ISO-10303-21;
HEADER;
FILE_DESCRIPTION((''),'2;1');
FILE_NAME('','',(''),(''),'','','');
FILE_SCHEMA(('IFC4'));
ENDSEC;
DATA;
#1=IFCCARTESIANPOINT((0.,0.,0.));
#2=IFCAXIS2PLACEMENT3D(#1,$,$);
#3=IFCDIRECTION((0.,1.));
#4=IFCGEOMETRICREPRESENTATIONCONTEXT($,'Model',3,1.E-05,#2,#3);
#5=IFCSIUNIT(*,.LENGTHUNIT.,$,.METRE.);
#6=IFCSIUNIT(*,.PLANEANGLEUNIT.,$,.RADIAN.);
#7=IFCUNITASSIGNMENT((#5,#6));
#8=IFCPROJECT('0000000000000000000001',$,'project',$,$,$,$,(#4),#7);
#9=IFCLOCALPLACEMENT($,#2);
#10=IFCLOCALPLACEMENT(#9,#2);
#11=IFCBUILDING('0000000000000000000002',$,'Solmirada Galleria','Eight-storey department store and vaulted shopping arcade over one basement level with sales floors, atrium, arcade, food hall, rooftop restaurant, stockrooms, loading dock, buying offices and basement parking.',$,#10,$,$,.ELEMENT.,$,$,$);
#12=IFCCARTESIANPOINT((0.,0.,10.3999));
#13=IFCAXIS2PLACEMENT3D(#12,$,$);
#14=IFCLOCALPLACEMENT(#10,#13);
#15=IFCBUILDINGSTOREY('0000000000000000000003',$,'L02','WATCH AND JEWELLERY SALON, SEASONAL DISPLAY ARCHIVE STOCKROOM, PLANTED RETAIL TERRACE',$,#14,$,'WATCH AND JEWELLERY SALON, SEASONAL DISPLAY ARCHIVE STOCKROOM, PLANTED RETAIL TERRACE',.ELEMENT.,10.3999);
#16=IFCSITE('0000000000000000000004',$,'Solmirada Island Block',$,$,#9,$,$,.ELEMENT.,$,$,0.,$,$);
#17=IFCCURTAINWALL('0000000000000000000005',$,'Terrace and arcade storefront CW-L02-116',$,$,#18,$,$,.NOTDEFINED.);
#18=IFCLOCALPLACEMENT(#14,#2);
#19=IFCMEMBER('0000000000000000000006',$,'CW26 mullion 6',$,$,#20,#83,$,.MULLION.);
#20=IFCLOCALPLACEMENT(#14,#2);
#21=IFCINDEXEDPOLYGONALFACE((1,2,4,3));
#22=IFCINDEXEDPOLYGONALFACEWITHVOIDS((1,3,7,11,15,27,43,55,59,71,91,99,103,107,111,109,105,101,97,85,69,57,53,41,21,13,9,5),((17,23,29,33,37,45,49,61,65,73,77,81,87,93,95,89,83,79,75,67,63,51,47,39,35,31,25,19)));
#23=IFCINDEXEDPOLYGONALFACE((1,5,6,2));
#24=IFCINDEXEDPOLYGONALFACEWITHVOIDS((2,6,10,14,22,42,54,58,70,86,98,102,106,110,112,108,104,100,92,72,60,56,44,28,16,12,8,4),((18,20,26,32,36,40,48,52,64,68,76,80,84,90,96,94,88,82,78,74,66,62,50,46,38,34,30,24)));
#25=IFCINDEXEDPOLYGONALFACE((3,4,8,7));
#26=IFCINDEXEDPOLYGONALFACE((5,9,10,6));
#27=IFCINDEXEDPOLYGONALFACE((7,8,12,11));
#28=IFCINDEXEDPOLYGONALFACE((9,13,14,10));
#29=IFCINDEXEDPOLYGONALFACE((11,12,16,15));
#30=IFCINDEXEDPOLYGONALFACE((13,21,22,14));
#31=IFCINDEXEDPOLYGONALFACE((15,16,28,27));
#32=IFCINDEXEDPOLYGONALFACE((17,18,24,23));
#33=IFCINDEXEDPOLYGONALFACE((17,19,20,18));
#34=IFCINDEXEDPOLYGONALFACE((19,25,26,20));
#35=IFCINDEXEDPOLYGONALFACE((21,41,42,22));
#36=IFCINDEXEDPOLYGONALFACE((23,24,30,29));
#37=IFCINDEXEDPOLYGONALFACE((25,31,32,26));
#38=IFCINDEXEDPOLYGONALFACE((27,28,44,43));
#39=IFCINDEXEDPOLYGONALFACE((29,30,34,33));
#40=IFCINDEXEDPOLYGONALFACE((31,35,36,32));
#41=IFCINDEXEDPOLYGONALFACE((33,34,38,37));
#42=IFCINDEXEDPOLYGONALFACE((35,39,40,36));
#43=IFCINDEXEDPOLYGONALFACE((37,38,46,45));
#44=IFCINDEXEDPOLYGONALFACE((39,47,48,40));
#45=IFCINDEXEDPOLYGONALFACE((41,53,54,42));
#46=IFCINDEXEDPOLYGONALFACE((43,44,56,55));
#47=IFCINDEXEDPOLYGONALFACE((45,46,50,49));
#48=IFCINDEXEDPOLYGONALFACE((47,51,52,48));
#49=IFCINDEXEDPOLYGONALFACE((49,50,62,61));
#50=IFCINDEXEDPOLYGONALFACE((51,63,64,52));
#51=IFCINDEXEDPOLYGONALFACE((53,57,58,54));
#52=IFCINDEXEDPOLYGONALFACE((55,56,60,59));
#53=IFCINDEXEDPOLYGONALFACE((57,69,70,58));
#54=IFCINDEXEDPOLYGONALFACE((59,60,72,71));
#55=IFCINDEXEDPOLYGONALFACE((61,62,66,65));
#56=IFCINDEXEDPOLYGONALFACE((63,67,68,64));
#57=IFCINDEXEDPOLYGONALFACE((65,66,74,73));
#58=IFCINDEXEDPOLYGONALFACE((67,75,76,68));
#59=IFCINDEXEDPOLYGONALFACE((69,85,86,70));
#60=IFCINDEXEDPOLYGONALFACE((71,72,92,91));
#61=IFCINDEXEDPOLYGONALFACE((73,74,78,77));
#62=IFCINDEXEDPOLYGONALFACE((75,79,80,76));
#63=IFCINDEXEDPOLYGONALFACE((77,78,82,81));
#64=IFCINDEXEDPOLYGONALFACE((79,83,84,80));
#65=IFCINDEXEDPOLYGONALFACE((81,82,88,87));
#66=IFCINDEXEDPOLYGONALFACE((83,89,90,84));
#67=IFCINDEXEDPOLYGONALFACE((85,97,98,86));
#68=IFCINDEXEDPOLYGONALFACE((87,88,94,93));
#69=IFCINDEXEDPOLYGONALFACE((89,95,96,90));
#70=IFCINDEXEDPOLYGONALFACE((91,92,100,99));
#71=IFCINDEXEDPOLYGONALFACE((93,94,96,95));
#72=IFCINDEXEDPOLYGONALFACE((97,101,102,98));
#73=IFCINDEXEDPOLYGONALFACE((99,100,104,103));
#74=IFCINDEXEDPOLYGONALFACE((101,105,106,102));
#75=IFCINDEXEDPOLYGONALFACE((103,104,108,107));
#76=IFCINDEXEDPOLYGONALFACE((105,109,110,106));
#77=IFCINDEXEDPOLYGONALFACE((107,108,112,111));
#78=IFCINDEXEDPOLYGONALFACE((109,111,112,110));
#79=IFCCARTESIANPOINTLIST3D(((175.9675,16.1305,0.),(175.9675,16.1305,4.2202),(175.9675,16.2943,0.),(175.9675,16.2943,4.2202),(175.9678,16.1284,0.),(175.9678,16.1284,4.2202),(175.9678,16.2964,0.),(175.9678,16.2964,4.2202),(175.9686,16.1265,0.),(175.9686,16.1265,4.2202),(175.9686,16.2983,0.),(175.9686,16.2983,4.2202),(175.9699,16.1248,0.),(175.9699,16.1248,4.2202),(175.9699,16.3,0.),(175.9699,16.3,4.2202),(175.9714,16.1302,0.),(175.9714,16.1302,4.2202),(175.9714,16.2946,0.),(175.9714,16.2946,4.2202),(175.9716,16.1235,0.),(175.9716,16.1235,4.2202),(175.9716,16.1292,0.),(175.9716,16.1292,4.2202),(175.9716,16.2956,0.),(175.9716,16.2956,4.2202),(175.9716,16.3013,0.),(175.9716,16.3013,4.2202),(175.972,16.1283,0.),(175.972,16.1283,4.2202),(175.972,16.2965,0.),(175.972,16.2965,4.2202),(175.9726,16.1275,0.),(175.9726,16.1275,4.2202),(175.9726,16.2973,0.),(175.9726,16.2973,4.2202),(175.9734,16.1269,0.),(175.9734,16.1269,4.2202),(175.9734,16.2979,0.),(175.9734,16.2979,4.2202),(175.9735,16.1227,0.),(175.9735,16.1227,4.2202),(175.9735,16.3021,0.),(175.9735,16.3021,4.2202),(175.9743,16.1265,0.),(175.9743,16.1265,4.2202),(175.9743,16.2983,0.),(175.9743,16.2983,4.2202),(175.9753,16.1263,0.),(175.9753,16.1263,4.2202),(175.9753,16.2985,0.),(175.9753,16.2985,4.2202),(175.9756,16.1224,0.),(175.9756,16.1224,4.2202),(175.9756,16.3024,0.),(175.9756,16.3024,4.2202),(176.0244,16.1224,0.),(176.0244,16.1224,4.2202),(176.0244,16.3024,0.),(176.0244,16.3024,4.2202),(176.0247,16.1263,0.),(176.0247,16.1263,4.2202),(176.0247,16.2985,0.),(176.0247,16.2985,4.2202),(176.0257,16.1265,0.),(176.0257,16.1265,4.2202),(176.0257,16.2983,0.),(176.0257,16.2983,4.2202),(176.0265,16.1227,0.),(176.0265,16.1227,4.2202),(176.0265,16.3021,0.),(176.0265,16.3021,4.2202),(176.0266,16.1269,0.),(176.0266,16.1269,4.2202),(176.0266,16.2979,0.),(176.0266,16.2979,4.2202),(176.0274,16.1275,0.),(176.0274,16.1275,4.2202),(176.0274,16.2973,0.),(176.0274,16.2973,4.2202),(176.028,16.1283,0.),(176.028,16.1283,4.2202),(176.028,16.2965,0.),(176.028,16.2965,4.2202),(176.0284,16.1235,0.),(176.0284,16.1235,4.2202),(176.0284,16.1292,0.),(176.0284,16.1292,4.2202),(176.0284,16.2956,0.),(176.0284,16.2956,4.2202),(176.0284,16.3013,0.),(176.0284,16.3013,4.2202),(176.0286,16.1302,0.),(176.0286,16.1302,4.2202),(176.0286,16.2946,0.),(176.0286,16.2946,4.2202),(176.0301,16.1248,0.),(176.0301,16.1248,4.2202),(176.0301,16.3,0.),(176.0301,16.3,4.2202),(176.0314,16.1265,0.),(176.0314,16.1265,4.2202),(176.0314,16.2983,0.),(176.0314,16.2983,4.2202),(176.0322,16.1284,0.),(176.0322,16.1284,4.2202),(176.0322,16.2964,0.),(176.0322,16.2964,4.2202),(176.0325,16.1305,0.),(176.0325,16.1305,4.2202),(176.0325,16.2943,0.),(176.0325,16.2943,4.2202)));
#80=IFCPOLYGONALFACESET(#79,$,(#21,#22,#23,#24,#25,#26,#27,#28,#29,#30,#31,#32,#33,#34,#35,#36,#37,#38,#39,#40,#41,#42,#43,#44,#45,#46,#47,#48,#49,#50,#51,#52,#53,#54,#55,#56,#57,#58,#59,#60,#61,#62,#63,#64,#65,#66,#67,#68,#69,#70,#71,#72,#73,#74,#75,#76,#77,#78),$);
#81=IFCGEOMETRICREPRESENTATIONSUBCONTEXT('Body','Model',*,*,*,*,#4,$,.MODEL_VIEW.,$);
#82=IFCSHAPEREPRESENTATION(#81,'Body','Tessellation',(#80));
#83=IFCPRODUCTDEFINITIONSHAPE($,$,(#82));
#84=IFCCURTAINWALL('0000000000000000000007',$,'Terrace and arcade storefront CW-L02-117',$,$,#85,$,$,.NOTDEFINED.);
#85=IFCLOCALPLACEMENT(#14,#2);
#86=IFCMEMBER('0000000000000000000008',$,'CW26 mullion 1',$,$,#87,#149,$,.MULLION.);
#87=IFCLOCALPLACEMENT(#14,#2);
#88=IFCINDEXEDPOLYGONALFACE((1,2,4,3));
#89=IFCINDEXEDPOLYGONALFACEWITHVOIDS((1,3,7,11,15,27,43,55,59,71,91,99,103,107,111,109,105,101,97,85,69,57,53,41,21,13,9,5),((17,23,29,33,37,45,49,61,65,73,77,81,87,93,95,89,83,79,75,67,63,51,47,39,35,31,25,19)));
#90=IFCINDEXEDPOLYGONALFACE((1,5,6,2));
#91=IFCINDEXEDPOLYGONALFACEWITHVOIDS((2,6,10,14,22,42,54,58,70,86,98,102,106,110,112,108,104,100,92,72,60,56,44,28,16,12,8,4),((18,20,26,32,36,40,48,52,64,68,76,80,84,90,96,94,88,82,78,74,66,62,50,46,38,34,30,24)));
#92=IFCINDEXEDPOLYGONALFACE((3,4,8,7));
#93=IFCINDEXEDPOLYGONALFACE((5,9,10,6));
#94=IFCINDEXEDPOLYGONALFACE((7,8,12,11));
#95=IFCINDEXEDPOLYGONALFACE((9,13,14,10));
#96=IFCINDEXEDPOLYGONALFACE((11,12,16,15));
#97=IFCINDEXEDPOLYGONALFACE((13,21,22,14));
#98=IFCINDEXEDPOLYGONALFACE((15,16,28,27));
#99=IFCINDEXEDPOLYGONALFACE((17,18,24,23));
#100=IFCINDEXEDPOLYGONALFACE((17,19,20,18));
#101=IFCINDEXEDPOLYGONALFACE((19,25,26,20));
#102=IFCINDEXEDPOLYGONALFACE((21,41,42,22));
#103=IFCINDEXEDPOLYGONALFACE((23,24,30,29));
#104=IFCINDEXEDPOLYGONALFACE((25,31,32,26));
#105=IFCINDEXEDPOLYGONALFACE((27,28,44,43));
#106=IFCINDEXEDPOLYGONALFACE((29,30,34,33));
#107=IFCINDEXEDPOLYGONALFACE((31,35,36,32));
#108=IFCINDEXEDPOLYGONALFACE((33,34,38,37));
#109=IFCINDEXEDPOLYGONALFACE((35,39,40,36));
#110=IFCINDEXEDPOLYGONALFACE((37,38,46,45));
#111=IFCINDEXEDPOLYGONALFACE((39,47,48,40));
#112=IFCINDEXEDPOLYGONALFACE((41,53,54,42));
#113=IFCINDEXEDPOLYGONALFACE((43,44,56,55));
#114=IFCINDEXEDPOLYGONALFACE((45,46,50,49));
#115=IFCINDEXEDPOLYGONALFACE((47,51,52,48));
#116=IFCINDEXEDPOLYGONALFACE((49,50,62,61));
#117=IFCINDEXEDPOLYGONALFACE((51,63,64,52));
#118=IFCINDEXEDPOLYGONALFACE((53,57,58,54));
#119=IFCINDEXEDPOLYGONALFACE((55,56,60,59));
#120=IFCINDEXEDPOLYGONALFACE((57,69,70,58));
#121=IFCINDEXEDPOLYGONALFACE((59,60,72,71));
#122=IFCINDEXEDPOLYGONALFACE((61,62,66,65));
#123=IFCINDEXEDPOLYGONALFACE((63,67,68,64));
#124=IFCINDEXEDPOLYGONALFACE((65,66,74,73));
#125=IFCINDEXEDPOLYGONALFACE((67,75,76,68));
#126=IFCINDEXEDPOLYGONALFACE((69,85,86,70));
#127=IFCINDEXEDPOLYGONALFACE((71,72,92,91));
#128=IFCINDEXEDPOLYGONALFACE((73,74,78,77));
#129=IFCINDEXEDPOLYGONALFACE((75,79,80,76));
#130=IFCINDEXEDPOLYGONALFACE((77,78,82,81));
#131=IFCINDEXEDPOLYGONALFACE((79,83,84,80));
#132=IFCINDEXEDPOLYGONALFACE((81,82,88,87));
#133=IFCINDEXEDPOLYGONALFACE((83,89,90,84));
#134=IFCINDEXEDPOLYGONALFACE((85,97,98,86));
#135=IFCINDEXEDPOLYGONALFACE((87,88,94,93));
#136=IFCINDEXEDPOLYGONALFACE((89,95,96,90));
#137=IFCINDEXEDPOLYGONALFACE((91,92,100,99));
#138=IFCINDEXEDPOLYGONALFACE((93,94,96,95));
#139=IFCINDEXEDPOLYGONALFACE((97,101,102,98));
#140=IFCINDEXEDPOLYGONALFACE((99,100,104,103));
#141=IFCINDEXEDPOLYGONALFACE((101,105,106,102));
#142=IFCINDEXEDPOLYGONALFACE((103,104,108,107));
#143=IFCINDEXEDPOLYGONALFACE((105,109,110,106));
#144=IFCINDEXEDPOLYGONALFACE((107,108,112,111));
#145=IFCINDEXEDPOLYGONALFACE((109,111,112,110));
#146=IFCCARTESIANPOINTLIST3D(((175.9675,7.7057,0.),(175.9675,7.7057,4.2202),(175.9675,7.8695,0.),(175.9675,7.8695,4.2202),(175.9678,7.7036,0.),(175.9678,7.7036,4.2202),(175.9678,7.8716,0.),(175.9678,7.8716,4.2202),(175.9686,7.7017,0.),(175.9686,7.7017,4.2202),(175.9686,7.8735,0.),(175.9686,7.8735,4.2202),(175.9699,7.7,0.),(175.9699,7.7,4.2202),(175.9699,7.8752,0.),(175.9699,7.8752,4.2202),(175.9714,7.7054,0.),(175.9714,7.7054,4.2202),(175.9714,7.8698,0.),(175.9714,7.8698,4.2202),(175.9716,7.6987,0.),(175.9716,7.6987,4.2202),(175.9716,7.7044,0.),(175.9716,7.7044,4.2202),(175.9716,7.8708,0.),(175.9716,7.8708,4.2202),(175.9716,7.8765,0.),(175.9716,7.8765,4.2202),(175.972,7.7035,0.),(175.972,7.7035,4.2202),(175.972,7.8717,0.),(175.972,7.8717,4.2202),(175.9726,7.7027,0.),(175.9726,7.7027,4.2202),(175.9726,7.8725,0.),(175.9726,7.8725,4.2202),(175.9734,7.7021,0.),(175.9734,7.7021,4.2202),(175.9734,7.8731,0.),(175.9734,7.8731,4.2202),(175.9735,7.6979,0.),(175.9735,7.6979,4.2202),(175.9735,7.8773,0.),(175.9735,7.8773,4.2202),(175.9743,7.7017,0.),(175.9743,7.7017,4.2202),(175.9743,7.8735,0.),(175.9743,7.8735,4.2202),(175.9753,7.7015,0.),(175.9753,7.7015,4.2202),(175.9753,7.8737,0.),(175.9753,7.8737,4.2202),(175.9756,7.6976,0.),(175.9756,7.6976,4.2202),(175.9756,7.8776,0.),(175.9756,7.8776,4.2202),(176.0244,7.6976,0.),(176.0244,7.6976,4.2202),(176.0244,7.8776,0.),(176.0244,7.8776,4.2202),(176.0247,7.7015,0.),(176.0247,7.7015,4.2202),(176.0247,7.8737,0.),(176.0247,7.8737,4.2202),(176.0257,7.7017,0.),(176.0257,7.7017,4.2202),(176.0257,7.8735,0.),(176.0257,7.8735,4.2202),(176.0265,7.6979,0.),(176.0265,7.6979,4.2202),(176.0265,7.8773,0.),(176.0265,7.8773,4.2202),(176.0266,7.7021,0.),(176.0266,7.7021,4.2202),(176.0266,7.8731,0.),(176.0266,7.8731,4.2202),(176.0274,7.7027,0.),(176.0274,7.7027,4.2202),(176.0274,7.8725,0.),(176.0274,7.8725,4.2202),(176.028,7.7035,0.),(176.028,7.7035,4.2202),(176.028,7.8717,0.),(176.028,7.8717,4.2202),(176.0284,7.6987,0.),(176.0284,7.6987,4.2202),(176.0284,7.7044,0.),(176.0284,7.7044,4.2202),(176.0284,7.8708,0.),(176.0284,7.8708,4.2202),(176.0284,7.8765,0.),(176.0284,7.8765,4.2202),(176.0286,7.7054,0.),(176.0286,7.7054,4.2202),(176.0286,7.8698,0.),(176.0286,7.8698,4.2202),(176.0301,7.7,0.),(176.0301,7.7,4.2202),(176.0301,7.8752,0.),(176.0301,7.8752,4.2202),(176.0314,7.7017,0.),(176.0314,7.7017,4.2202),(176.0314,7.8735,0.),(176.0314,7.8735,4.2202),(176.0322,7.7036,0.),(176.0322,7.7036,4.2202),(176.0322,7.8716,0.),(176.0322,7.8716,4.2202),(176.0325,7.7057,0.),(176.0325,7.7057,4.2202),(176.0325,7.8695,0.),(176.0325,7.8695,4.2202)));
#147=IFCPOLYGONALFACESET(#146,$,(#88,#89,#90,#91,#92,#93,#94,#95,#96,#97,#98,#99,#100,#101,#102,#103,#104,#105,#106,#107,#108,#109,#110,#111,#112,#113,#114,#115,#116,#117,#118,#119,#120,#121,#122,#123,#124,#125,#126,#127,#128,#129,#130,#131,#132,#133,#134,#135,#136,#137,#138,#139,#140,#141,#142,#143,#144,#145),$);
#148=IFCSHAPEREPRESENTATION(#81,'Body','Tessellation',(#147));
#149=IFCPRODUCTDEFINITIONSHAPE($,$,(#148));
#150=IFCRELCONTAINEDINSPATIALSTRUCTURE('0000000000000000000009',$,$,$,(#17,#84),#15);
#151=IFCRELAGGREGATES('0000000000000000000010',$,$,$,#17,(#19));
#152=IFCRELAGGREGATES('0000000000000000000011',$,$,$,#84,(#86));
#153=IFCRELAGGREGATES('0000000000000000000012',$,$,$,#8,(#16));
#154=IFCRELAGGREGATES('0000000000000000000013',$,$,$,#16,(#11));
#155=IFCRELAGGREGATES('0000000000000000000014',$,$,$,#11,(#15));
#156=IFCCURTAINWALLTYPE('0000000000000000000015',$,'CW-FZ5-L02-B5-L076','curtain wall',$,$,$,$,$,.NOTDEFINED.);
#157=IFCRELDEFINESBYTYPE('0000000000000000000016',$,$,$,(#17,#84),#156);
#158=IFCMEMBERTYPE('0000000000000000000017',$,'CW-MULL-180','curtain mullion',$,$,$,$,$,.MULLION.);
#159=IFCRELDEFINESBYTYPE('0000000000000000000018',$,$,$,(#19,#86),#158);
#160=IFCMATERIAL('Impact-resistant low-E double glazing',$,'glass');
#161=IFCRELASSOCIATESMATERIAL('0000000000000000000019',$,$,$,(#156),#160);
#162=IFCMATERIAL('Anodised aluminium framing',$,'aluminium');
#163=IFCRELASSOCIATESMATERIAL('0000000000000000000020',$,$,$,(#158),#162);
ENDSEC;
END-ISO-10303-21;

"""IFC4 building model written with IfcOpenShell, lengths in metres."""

from ifc_helpers import new_model, si_unit, direction, frame, origin, origin_2d, place, context, subcontext, project, spatial, hollow_rectangle, extrude, material, material_profile, profile_set, type_object, element, aggregate, save


model = new_model("IFC4")

# Units and contexts
model_context = context("Model", 3, precision=1e-05, world=origin(), true_north=direction((0.0, 1.0)))
body_context = subcontext(model_context, "Body", "Model", "MODEL_VIEW")
ifc_project = project(units=[si_unit("LENGTHUNIT", "METRE"), si_unit("PLANEANGLEUNIT", "RADIAN")], contexts=[model_context])

# Site, building, storey
site_placement = place(None, origin())
site = spatial("IfcSite", under=ifc_project, at=site_placement, Name="Solmirada Island Block", CompositionType="ELEMENT", RefElevation=0.0)
building_placement = place(site_placement, origin())
building = spatial("IfcBuilding", under=site, at=building_placement, Name="Solmirada Galleria", Description="Eight-storey department store and vaulted shopping arcade over one basement level with sales floors, atrium, arcade, food hall, rooftop restaurant, stockrooms, loading dock, buying offices and basement parking.", CompositionType="ELEMENT")
storey_placement = place(building_placement, frame((0.0, 0.0, 10.3999)))
storey = spatial("IfcBuildingStorey", under=building, at=storey_placement, Name="L02", Description="WATCH AND JEWELLERY SALON, SEASONAL DISPLAY ARCHIVE STOCKROOM, PLANTED RETAIL TERRACE", LongName="WATCH AND JEWELLERY SALON, SEASONAL DISPLAY ARCHIVE STOCKROOM, PLANTED RETAIL TERRACE", CompositionType="ELEMENT", Elevation=10.3999)

# Curtain wall, member
ifc_material_1 = material(Name="Impact-resistant low-E double glazing", Category="glass")
curtain_wall_type = type_object("IfcCurtainWallType", Name="CW-FZ5-L02-B5-L076", Description="curtain wall", PredefinedType="NOTDEFINED", material=ifc_material_1)
curtain_wall_1_placement = place(storey_placement, origin())
curtain_wall_1 = element("IfcCurtainWall", 1, at=curtain_wall_1_placement, inside=storey, type_object=curtain_wall_type, Name="Terrace and arcade storefront CW-L02-116", PredefinedType="NOTDEFINED")
ifc_material_2 = material(Name="Anodised aluminium framing", Category="aluminium")
ifc_material_profile_1 = material_profile(ifc_material_2, hollow_rectangle(XDim=0.0649, YDim=0.1799, WallThickness=0.0039, InnerFilletRadius=0.0039, OuterFilletRadius=0.0081, at=origin_2d()), Name="ALU-MULL-180X65")
ifc_profile_set_1 = profile_set([ifc_material_profile_1], Name="Anodised aluminium framing")
member_type_1 = type_object("IfcMemberType", Name="CW-MULL-180", Description="curtain mullion", PredefinedType="MULLION", material=ifc_profile_set_1)
member_1_placement = place(storey_placement, frame((176.0, 16.2124, 0.0), z_axis=(0.0, 0.0, 1.0), x_axis=(1.0, 0.0, 0.0)))
member_1 = element("IfcMember", 2, at=member_1_placement, type_object=member_type_1, Name="CW26 mullion 6", PredefinedType="MULLION", context=body_context, shape_type="SweptSolid", body=[
    extrude(hollow_rectangle(XDim=0.0649, YDim=0.1799, WallThickness=0.0039, InnerFilletRadius=0.0039, OuterFilletRadius=0.0081, at=origin_2d()), origin(), (0.0, 0.0, 1.0), 4.2202),
])

# Curtain wall, member
curtain_wall_2_placement = place(storey_placement, origin())
curtain_wall_2 = element("IfcCurtainWall", 3, at=curtain_wall_2_placement, inside=storey, type_object=curtain_wall_type, Name="Terrace and arcade storefront CW-L02-117", PredefinedType="NOTDEFINED")
member_2_placement = place(storey_placement, frame((176.0, 7.7876, 0.0), z_axis=(0.0, 0.0, 1.0), x_axis=(1.0, 0.0, 0.0)))
member_2 = element("IfcMember", 4, at=member_2_placement, type_object=member_type_1, Name="CW26 mullion 1", PredefinedType="MULLION", context=body_context, shape_type="SweptSolid", body=[
    extrude(hollow_rectangle(XDim=0.0649, YDim=0.1799, WallThickness=0.0039, InnerFilletRadius=0.0039, OuterFilletRadius=0.0081, at=origin_2d()), origin(), (0.0, 0.0, 1.0), 4.2202),
])

aggregate(curtain_wall_1, [member_1])
aggregate(curtain_wall_2, [member_2])

save(model, "model.ifc")
